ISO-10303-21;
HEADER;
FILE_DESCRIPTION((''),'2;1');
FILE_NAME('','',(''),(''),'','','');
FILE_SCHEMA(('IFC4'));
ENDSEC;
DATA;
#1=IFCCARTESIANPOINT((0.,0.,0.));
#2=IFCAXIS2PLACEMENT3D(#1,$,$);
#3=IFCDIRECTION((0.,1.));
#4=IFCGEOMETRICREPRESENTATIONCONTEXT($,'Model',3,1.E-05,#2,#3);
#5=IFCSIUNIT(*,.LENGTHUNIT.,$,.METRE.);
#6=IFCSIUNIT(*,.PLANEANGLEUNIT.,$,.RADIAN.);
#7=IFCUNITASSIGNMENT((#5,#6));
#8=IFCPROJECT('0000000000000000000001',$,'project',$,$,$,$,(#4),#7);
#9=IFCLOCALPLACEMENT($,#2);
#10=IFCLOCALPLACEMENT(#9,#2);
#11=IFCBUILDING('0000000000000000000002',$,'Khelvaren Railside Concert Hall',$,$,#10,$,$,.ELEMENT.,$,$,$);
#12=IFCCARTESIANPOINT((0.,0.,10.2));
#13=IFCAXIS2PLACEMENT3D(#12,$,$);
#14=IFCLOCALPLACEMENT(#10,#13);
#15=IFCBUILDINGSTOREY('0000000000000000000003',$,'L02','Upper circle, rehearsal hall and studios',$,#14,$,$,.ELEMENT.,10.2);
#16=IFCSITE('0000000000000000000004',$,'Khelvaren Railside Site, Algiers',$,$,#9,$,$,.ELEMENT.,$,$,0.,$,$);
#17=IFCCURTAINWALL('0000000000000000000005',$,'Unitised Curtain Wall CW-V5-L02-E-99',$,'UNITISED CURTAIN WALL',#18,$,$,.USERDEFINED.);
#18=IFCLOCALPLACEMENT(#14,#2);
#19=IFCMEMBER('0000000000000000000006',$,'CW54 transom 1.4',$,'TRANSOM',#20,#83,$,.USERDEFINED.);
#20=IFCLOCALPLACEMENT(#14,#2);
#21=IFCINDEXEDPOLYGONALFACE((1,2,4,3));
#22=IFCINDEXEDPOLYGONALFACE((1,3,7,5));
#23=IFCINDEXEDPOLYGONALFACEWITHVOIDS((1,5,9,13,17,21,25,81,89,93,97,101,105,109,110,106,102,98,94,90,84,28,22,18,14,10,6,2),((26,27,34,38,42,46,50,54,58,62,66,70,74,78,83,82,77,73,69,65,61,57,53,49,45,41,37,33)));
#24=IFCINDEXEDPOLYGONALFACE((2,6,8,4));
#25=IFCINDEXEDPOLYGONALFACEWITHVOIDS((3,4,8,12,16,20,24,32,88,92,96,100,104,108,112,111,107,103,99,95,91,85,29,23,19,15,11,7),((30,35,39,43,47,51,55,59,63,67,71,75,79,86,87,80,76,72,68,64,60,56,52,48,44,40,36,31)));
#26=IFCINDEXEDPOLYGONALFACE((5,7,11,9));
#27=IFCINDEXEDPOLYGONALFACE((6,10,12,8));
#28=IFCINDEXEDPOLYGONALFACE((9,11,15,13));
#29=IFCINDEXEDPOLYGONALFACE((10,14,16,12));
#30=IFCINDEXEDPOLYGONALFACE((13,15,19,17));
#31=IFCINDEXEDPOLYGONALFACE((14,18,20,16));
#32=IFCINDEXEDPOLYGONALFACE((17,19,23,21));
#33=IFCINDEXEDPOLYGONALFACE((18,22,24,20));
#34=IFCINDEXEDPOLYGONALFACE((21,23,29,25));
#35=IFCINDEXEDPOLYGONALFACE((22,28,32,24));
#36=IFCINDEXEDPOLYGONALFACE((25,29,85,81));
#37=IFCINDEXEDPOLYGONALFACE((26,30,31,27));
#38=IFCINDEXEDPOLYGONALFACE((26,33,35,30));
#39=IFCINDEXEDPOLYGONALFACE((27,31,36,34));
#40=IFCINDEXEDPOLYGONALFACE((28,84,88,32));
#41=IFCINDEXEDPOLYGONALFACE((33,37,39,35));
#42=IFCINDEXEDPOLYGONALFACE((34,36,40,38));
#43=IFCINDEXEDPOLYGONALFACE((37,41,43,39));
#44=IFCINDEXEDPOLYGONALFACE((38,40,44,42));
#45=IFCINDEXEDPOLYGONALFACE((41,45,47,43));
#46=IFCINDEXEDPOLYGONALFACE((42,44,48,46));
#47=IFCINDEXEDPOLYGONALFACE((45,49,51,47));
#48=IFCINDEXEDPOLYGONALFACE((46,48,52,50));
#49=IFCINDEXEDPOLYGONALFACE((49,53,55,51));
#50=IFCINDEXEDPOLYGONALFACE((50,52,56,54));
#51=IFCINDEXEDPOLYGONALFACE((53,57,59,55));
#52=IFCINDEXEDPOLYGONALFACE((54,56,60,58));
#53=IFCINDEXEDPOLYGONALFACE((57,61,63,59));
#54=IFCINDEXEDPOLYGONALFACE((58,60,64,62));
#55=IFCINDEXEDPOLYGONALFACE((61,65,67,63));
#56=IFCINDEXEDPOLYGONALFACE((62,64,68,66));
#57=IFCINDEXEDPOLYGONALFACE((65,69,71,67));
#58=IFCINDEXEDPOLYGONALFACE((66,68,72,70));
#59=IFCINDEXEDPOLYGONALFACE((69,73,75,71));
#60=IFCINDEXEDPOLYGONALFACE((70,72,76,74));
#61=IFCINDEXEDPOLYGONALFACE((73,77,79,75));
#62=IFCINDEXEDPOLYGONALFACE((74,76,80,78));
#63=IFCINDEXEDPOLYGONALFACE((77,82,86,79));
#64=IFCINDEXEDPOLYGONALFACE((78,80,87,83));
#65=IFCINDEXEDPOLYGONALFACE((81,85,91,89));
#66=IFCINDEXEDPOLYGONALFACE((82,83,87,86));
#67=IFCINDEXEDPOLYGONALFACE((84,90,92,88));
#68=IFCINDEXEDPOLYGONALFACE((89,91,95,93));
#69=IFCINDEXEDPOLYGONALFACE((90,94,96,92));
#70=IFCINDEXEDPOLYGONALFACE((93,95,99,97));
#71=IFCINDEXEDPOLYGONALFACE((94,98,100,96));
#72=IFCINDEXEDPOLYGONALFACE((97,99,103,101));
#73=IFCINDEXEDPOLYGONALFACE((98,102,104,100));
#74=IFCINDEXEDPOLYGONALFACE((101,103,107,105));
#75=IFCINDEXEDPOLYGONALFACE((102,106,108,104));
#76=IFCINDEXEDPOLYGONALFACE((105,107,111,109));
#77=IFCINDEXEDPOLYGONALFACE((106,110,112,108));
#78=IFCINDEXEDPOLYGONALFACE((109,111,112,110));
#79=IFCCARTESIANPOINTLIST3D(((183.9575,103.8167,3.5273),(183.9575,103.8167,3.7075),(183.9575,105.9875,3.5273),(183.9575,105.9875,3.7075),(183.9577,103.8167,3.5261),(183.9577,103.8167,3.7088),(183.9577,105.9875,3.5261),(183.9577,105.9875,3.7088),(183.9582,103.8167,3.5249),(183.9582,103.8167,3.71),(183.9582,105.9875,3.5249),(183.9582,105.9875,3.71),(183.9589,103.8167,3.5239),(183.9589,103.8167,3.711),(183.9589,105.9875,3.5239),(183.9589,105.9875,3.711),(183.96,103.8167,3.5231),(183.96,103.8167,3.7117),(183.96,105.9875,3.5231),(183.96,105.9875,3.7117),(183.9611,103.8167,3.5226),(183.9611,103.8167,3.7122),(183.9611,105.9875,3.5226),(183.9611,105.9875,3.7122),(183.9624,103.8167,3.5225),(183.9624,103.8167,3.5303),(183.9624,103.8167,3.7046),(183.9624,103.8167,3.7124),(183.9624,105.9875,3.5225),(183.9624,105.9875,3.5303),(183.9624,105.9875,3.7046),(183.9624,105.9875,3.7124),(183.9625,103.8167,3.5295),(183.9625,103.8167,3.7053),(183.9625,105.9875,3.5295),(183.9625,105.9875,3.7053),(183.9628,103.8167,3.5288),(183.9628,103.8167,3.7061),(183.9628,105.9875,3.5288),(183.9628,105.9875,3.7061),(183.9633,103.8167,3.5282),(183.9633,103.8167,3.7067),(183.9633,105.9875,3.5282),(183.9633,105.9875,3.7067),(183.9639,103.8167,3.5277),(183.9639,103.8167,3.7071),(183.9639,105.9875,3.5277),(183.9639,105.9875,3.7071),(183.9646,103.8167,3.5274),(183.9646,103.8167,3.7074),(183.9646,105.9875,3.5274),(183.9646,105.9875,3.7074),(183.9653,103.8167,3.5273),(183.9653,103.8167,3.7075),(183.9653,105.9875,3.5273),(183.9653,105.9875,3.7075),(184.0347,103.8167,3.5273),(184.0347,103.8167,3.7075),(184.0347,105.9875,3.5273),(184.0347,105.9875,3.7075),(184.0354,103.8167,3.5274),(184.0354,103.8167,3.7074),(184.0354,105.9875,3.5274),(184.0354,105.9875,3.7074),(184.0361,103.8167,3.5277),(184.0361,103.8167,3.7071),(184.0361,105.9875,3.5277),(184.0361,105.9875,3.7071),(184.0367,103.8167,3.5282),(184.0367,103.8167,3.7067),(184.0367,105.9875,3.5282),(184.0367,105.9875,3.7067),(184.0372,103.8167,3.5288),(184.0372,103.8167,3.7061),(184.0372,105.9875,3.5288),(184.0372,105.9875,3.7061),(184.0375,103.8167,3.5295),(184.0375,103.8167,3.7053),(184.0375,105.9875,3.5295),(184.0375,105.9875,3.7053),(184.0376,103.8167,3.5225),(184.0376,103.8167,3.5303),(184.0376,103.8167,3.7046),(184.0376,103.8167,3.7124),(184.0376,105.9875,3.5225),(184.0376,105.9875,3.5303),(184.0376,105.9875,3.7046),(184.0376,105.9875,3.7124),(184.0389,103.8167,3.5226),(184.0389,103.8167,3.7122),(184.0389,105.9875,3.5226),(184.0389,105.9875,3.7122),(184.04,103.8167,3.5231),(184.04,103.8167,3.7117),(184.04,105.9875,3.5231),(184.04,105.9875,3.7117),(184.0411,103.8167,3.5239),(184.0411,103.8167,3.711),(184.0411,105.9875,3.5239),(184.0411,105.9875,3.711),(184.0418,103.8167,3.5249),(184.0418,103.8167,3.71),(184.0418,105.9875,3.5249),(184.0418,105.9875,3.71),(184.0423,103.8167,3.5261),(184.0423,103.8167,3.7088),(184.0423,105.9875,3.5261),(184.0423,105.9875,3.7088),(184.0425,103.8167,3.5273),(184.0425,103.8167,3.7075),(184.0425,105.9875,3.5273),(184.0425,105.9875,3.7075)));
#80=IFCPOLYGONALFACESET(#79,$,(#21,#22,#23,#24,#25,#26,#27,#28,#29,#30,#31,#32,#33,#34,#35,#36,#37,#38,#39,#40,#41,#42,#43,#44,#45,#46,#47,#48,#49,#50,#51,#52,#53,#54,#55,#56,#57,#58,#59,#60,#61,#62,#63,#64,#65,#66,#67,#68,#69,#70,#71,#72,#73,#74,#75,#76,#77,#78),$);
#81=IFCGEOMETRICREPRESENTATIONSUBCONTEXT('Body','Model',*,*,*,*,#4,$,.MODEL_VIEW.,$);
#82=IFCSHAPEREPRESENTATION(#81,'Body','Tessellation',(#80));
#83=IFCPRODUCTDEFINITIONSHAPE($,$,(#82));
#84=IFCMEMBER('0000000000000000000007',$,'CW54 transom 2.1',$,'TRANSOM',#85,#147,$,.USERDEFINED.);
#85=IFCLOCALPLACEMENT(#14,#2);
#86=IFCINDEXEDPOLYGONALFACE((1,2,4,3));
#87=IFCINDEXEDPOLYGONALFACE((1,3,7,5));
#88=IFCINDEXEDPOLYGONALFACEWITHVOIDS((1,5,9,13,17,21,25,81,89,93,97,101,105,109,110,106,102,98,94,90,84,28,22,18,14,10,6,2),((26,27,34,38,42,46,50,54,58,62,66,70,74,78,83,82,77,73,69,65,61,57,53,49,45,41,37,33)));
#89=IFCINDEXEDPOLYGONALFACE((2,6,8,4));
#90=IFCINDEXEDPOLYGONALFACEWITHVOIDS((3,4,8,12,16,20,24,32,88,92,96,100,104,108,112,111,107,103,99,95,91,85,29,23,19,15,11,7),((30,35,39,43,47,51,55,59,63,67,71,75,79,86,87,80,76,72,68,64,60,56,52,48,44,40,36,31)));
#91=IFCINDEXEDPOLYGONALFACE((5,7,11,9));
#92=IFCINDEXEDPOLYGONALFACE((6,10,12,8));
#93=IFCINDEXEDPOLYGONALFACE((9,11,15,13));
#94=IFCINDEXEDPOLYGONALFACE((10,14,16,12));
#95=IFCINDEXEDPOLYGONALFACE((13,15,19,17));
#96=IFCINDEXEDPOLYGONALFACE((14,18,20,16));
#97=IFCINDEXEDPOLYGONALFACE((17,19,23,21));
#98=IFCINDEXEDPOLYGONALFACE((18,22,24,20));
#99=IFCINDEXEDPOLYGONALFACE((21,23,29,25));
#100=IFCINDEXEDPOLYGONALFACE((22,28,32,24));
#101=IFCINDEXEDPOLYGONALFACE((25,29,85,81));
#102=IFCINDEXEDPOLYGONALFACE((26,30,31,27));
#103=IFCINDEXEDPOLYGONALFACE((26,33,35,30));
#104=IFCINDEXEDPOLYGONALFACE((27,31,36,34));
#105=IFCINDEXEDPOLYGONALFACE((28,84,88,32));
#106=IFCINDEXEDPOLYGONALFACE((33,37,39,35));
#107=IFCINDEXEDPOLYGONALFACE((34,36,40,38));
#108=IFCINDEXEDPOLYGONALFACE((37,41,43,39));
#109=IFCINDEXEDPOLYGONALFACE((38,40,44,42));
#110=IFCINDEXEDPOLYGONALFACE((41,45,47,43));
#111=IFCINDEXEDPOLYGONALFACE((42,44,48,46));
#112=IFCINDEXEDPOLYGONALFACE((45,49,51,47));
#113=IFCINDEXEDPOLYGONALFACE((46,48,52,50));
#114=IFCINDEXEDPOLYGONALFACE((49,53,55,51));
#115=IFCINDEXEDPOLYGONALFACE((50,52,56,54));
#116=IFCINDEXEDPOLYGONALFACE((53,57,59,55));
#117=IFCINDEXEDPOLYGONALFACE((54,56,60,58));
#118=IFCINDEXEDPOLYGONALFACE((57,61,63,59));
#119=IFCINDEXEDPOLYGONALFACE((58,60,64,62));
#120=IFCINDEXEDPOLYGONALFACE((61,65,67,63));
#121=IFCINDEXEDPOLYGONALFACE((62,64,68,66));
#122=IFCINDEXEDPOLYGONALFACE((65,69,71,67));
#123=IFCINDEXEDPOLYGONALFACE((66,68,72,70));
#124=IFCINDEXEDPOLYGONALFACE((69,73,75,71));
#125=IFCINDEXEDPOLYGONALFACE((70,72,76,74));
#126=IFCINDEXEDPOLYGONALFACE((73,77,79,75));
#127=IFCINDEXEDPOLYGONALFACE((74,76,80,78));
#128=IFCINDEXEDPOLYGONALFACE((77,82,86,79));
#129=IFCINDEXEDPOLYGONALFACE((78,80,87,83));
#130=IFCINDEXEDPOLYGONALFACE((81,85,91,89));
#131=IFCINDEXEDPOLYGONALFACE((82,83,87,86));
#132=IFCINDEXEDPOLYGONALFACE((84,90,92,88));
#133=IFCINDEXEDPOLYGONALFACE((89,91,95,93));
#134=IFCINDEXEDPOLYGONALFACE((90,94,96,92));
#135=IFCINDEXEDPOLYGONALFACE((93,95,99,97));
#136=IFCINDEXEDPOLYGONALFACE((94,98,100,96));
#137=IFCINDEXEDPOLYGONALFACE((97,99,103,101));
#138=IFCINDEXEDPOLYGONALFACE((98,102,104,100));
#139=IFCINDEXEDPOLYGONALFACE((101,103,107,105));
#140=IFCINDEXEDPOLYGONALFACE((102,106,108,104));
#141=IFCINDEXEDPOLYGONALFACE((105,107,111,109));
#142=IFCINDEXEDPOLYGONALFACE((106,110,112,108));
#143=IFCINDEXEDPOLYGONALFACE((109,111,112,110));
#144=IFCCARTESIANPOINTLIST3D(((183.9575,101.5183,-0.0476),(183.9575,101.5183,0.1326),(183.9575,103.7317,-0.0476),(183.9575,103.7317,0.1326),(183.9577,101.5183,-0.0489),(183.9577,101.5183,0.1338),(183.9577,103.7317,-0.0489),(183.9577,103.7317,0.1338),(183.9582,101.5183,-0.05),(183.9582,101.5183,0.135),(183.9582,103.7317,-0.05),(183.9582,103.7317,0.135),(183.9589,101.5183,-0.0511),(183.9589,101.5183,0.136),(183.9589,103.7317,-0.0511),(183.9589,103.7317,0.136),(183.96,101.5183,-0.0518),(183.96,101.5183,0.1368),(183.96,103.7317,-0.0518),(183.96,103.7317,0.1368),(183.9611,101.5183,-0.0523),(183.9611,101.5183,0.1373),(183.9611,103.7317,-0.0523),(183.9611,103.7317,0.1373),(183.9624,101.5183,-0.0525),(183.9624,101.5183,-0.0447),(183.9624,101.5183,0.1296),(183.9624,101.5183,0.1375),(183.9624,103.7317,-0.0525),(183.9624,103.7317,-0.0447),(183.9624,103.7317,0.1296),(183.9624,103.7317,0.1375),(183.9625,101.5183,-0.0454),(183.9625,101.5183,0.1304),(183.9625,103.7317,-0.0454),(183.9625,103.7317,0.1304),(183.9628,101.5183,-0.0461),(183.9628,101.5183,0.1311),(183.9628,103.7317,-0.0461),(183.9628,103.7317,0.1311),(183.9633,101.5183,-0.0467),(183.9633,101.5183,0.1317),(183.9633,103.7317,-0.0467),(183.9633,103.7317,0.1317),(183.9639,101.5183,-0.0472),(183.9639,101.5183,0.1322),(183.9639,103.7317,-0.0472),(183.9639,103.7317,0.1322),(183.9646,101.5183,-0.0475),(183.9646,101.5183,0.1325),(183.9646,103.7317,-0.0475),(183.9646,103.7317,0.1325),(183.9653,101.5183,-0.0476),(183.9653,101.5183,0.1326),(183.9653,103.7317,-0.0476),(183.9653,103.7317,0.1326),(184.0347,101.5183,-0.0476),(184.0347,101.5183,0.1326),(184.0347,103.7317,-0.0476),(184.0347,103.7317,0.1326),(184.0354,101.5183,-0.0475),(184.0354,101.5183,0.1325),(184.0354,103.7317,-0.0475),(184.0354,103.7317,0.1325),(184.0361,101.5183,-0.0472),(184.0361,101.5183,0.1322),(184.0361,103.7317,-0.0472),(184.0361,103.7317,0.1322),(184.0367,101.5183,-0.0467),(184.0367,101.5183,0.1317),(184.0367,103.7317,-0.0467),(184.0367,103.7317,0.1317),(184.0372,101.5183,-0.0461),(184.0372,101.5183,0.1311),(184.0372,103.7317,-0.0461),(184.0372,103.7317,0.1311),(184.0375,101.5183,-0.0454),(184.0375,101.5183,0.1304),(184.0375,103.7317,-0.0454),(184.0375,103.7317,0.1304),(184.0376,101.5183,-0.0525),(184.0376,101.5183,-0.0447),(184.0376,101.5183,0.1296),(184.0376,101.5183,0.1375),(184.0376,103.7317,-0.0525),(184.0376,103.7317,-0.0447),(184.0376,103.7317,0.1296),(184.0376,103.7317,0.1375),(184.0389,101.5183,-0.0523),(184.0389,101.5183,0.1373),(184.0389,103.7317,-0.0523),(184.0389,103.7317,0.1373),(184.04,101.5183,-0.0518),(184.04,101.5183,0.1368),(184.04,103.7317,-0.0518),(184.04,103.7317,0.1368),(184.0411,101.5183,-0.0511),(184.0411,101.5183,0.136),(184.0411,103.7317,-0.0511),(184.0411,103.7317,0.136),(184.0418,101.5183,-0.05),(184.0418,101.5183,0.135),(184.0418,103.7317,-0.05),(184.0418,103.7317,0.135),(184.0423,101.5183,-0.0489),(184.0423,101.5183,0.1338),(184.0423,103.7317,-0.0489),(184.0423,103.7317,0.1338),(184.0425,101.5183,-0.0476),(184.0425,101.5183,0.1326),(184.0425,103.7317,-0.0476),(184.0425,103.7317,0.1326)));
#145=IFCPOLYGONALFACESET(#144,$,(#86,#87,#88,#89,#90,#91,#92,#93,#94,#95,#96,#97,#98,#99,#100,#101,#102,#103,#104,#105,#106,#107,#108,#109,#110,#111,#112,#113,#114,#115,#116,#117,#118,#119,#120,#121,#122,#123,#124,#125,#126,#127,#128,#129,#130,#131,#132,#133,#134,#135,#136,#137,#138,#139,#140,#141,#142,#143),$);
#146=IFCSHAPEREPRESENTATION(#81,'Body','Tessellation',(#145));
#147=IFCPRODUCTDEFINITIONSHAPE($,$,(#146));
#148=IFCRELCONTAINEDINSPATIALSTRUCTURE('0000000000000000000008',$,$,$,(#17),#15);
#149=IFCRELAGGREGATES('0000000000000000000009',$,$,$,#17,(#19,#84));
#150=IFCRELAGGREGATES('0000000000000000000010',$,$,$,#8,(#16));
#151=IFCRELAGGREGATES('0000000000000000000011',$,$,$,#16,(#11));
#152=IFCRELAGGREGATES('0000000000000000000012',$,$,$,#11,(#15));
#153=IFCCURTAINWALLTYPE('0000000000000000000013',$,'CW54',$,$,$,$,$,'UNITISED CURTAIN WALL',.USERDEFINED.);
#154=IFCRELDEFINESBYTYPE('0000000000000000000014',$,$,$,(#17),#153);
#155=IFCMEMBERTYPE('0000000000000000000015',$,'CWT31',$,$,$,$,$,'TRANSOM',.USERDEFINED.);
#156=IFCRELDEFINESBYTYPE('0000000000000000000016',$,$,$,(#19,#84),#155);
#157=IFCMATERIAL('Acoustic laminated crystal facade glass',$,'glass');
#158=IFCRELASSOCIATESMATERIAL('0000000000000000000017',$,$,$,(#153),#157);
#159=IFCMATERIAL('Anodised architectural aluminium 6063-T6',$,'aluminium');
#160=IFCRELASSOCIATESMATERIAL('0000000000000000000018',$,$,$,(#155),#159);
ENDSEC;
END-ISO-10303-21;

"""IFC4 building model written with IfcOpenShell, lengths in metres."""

from ifc_helpers import new_model, si_unit, direction, frame, origin, origin_2d, place, context, subcontext, project, spatial, hollow_rectangle, extrude, material, material_profile, profile_set, type_object, element, aggregate, save


model = new_model("IFC4")

# Units and contexts
model_context = context("Model", 3, precision=1e-05, world=origin(), true_north=direction((0.0, 1.0)))
body_context = subcontext(model_context, "Body", "Model", "MODEL_VIEW")
ifc_project = project(units=[si_unit("LENGTHUNIT", "METRE"), si_unit("PLANEANGLEUNIT", "RADIAN")], contexts=[model_context])

# Site, building, storey
site_placement = place(None, origin())
site = spatial("IfcSite", under=ifc_project, at=site_placement, Name="Khelvaren Railside Site, Algiers", CompositionType="ELEMENT", RefElevation=0.0)
building_placement = place(site_placement, origin())
building = spatial("IfcBuilding", under=site, at=building_placement, Name="Khelvaren Railside Concert Hall", CompositionType="ELEMENT")
storey_placement = place(building_placement, frame((0.0, 0.0, 10.2)))
storey = spatial("IfcBuildingStorey", under=building, at=storey_placement, Name="L02", Description="Upper circle, rehearsal hall and studios", CompositionType="ELEMENT", Elevation=10.2)

# Curtain wall, members
ifc_material_1 = material(Name="Acoustic laminated crystal facade glass", Category="glass")
curtain_wall_type = type_object("IfcCurtainWallType", Name="CW54", ElementType="UNITISED CURTAIN WALL", PredefinedType="USERDEFINED", material=ifc_material_1)
curtain_wall_placement = place(storey_placement, origin())
curtain_wall = element("IfcCurtainWall", 1, at=curtain_wall_placement, inside=storey, type_object=curtain_wall_type, Name="Unitised Curtain Wall CW-V5-L02-E-99", ObjectType="UNITISED CURTAIN WALL", PredefinedType="USERDEFINED")
ifc_material_2 = material(Name="Anodised architectural aluminium 6063-T6", Category="aluminium")
ifc_material_profile_1 = material_profile(ifc_material_2, hollow_rectangle(XDim=0.085, YDim=0.1899, WallThickness=0.0049, InnerFilletRadius=0.0029, OuterFilletRadius=0.0049, at=origin_2d()), Name="CWT 85x190x5")
ifc_profile_set_1 = profile_set([ifc_material_profile_1], Name="Anodised architectural aluminium 6063-T6")
member_type_1 = type_object("IfcMemberType", Name="CWT31", ElementType="TRANSOM", PredefinedType="USERDEFINED", material=ifc_profile_set_1)
member_1_placement = place(storey_placement, frame((184.0, 105.9875, 3.6174), z_axis=(0.0, -1.0, 0.0), x_axis=(1.0, 0.0, 0.0)))
member_1 = element("IfcMember", 2, at=member_1_placement, type_object=member_type_1, Name="CW54 transom 1.4", ObjectType="TRANSOM", PredefinedType="USERDEFINED", context=body_context, shape_type="SweptSolid", body=[
    extrude(hollow_rectangle(XDim=0.085, YDim=0.1899, WallThickness=0.0049, InnerFilletRadius=0.0029, OuterFilletRadius=0.0049, at=origin_2d()), origin(), (0.0, 0.0, 1.0), 2.1709),
])
member_2_placement = place(storey_placement, frame((184.0, 103.7317, 0.0425), z_axis=(0.0, -1.0, 0.0), x_axis=(1.0, 0.0, 0.0)))
member_2 = element("IfcMember", 3, at=member_2_placement, type_object=member_type_1, Name="CW54 transom 2.1", ObjectType="TRANSOM", PredefinedType="USERDEFINED", context=body_context, shape_type="SweptSolid", body=[
    extrude(hollow_rectangle(XDim=0.085, YDim=0.1899, WallThickness=0.0049, InnerFilletRadius=0.0029, OuterFilletRadius=0.0049, at=origin_2d()), origin(), (0.0, 0.0, 1.0), 2.2134),
])

aggregate(curtain_wall, [member_1, member_2])

save(model, "model.ifc")
